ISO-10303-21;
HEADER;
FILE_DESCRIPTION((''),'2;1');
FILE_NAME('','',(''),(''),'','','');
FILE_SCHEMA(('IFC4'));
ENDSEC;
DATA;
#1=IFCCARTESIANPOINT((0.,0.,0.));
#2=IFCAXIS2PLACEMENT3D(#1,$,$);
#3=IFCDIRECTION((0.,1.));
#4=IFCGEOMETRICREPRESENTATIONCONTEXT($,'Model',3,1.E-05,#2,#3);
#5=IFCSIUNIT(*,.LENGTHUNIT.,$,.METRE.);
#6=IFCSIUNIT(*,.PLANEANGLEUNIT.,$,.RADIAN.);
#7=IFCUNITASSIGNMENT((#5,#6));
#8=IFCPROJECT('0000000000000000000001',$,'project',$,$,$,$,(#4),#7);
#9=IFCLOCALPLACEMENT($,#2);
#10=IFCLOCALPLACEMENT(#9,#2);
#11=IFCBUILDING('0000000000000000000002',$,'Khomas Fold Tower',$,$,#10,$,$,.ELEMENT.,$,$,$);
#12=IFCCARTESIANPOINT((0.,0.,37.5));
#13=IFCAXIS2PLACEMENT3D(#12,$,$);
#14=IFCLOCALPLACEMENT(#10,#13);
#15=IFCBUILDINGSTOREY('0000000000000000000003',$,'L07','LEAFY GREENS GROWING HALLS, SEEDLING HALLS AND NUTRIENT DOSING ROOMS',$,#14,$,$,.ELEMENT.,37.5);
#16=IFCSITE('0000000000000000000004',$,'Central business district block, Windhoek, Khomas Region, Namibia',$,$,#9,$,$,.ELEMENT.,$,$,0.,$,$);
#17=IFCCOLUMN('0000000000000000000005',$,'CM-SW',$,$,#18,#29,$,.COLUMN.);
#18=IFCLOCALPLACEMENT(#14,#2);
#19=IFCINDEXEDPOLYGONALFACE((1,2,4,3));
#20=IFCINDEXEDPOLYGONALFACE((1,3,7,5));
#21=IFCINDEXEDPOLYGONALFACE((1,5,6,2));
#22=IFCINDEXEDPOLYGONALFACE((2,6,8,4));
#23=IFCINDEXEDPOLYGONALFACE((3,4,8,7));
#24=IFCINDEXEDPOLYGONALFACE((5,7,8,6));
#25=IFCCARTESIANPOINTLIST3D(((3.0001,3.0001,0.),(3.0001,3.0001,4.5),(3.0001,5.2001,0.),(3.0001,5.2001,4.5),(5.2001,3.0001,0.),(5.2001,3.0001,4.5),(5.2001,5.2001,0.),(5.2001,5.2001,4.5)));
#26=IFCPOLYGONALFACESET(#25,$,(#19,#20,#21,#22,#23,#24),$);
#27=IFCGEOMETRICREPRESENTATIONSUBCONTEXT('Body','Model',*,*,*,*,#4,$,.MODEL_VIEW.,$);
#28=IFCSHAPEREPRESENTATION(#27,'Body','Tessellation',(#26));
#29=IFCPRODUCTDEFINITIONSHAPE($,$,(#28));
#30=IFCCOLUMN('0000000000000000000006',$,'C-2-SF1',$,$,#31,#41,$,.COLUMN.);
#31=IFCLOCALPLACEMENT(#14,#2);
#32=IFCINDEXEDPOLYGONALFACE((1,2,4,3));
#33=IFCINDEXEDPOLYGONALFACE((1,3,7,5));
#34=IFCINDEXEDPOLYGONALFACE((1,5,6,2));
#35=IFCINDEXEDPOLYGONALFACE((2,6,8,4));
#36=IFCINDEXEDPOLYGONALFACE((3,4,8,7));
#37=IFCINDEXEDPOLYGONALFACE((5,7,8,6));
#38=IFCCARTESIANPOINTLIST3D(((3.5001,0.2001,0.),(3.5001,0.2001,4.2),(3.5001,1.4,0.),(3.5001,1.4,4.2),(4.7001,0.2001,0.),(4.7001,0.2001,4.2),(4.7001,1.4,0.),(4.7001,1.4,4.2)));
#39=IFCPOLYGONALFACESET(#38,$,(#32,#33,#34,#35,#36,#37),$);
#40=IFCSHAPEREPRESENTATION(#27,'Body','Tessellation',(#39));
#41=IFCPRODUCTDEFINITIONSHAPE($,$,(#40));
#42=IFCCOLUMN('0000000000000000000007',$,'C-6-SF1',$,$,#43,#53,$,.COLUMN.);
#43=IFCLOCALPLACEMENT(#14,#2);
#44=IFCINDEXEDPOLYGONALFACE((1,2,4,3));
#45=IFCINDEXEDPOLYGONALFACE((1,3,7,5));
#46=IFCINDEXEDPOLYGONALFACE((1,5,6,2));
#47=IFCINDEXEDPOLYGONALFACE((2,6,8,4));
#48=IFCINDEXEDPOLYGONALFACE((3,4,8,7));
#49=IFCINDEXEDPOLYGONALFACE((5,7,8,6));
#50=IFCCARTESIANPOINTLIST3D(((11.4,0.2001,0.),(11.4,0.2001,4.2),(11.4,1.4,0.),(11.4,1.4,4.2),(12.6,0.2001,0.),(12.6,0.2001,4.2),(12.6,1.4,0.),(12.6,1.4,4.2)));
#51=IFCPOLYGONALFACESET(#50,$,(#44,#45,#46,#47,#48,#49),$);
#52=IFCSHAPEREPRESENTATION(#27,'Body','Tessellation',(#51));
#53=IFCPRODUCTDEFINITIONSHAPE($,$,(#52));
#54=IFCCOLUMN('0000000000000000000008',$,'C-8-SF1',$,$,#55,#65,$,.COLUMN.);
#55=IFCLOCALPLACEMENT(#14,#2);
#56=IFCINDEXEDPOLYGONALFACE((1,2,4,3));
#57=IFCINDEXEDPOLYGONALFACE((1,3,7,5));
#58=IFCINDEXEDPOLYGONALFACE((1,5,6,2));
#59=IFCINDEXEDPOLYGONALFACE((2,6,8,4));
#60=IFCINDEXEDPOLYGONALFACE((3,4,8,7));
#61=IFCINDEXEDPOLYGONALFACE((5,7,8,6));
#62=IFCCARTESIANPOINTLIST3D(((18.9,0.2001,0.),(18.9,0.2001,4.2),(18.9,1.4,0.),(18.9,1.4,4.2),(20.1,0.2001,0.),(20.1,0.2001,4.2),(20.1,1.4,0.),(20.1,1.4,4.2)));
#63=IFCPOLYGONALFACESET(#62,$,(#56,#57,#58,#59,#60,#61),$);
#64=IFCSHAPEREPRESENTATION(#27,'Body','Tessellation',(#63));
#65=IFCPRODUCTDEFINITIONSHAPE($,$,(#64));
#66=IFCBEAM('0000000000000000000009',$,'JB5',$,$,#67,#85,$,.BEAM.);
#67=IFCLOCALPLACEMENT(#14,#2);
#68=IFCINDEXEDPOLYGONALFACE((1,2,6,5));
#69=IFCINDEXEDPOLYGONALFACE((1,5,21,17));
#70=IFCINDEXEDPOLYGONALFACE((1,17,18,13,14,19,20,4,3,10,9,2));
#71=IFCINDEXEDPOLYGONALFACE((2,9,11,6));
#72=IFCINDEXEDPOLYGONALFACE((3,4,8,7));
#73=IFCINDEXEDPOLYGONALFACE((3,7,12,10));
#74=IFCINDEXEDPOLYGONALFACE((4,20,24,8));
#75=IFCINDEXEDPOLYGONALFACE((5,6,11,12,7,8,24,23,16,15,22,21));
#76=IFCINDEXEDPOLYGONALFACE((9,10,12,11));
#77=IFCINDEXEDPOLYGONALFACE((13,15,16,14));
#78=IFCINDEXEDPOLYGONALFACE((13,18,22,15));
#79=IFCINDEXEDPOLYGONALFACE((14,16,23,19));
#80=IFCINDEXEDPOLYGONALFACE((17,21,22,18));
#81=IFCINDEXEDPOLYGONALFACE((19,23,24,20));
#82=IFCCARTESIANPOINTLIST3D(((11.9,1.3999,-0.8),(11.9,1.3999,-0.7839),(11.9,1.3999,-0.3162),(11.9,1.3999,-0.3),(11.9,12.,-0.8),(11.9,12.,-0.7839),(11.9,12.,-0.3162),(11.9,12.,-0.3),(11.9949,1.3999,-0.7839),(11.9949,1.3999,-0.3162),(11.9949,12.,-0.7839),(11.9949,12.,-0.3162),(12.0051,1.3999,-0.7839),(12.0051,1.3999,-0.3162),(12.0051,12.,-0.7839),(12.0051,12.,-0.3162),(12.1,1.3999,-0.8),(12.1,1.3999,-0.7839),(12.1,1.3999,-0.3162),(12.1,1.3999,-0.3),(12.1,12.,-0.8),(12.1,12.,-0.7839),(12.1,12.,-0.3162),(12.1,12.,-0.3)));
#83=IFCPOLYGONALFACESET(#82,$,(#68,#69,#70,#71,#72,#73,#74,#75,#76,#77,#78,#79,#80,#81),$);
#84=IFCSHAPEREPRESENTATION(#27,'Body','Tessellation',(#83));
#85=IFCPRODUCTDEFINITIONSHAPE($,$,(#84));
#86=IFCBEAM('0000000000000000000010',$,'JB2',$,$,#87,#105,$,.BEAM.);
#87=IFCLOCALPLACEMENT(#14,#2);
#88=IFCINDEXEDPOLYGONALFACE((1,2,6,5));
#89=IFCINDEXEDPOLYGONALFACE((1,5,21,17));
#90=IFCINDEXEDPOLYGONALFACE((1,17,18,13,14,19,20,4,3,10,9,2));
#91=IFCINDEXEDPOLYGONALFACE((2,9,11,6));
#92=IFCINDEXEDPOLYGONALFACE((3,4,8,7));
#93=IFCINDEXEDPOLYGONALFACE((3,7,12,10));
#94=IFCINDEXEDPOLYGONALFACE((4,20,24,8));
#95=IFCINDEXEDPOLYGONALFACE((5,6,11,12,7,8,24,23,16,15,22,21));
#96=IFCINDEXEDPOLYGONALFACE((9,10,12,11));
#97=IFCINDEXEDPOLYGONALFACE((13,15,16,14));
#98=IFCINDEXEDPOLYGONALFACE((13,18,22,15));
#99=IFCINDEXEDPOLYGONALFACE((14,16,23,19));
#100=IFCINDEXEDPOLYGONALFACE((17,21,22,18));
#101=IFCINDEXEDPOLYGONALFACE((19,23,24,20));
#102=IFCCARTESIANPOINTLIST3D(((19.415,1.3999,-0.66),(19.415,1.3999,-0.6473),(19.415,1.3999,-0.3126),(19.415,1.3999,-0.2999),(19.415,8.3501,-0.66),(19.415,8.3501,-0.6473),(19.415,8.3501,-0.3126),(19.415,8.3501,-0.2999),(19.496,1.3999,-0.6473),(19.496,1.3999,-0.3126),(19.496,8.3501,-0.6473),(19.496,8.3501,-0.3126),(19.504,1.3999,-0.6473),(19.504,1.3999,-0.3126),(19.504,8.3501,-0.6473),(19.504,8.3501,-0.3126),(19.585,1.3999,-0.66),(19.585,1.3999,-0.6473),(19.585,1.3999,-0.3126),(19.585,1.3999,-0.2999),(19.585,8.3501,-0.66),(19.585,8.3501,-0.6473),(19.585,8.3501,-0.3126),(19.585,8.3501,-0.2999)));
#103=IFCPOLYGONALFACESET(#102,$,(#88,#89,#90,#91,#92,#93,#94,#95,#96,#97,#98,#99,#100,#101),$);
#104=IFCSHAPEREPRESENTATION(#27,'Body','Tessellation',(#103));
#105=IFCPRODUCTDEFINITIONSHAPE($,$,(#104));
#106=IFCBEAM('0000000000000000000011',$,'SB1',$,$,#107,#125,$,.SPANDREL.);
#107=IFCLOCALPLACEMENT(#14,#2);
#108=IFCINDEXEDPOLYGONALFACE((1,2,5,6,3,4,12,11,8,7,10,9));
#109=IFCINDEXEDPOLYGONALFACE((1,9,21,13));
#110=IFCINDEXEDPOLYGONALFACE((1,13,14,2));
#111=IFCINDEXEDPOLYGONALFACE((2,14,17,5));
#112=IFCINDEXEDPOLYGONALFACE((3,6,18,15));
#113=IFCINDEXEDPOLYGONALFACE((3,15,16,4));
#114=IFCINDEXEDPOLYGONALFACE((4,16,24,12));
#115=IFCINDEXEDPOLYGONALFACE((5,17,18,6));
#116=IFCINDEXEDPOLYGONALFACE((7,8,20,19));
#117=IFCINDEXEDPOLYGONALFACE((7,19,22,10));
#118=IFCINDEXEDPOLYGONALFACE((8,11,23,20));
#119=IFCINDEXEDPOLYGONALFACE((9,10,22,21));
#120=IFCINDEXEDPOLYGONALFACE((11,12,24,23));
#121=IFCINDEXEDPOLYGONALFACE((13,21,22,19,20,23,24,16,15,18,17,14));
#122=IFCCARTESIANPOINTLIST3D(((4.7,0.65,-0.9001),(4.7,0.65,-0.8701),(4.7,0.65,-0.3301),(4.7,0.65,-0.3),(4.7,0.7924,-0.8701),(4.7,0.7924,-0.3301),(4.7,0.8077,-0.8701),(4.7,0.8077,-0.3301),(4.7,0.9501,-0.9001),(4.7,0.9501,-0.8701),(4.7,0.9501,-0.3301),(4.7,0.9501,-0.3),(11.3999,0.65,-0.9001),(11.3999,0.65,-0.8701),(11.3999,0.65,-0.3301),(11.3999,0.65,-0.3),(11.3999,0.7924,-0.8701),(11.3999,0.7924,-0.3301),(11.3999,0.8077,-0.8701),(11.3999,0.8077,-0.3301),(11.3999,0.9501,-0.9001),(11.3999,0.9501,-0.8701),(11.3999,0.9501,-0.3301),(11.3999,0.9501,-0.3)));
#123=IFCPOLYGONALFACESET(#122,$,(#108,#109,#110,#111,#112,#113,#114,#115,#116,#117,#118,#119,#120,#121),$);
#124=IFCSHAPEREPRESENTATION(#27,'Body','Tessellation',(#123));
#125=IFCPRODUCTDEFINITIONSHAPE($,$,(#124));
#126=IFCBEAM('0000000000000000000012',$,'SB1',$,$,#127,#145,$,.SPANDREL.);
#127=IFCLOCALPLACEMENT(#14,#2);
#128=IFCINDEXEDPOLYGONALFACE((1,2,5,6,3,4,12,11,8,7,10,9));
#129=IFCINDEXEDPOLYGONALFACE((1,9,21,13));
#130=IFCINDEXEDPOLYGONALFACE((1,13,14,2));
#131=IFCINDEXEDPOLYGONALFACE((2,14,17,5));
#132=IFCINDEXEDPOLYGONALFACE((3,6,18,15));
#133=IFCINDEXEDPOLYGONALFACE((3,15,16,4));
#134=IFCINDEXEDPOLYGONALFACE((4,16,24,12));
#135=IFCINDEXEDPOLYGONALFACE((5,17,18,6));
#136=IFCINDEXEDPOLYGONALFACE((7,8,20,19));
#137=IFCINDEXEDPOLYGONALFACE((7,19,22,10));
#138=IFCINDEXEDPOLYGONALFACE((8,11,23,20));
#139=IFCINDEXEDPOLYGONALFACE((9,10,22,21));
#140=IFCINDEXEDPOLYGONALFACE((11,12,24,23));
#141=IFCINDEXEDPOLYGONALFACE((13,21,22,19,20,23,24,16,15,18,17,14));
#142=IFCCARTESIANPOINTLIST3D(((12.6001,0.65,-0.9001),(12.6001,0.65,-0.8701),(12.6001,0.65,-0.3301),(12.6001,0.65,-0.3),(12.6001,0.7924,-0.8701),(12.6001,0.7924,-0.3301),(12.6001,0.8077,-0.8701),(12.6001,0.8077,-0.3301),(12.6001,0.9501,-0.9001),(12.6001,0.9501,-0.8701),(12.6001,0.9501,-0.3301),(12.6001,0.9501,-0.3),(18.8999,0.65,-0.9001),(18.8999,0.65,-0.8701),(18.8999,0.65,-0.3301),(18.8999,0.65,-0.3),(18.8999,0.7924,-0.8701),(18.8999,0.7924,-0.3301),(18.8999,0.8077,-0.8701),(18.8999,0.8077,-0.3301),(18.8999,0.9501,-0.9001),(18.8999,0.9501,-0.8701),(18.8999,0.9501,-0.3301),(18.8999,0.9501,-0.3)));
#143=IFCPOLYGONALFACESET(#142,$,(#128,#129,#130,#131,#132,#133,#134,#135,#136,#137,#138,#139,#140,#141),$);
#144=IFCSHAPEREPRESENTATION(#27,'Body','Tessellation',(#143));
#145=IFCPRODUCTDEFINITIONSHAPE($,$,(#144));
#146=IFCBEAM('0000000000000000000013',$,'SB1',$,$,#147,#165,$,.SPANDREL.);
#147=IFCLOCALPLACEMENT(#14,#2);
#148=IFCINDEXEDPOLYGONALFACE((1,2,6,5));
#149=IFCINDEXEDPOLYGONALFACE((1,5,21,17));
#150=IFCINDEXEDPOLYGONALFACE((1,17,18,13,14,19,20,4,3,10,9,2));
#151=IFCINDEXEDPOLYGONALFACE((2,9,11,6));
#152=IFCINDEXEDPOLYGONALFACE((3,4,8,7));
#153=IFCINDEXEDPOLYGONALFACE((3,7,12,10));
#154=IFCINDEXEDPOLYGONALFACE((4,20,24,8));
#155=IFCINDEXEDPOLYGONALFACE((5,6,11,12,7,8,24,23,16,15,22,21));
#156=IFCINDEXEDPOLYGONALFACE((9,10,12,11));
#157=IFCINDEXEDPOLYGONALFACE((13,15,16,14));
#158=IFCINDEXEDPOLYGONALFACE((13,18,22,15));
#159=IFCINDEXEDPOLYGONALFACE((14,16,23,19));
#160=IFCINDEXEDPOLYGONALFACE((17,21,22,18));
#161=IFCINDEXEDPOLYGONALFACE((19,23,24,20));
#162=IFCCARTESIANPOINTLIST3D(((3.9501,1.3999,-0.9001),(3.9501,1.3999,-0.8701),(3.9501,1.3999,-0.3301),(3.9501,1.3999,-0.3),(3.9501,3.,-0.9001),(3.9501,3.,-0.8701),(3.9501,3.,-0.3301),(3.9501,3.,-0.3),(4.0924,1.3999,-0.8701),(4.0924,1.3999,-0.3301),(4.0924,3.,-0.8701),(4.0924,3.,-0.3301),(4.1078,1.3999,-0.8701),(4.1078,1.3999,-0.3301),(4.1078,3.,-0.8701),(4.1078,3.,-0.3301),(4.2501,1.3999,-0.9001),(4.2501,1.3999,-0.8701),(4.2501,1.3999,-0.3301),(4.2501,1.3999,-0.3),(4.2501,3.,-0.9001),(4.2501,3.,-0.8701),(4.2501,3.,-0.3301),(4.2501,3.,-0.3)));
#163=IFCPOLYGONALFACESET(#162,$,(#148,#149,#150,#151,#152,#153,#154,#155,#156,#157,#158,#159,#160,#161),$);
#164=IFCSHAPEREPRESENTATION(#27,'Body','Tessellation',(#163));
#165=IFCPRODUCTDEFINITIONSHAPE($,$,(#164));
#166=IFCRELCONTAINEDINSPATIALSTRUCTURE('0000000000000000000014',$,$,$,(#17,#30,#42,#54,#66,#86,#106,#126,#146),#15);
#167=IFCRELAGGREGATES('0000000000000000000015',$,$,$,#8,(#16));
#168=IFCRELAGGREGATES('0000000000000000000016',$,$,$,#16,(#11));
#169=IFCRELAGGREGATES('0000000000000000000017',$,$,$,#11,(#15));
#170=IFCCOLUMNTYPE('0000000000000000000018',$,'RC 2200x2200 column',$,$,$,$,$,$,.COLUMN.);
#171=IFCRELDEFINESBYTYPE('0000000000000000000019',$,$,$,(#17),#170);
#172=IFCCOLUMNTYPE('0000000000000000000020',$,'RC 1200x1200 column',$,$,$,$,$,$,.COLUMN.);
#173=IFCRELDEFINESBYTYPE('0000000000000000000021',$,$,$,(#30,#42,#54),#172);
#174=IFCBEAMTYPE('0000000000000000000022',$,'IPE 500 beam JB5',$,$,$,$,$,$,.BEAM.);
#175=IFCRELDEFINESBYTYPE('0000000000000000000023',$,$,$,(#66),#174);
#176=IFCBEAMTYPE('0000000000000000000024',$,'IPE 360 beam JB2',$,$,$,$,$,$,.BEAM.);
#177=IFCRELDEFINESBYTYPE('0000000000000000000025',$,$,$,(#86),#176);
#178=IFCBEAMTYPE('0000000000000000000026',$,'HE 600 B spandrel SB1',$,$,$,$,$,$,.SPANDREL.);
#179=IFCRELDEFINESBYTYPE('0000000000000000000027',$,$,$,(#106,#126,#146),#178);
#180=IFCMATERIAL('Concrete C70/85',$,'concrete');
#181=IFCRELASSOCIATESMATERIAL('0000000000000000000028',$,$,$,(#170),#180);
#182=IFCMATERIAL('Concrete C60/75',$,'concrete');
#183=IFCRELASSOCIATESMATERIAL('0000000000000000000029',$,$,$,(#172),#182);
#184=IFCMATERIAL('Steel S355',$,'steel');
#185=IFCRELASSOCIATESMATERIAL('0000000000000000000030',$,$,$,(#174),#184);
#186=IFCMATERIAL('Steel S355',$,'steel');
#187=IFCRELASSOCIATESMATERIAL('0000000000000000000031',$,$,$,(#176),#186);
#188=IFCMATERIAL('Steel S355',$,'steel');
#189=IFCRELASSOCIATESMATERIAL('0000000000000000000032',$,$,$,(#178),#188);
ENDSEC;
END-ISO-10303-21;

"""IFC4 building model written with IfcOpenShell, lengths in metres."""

from ifc_helpers import new_model, si_unit, direction, frame, origin, origin_2d, place, context, subcontext, project, spatial, rectangle, i_section, extrude, source, transform, mapped, material, material_profile, profile_set, type_object, element, save


model = new_model("IFC4")

# Units and contexts
model_context = context("Model", 3, precision=1e-05, world=origin(), true_north=direction((0.0, 1.0)))
body_context = subcontext(model_context, "Body", "Model", "MODEL_VIEW")
ifc_project = project(units=[si_unit("LENGTHUNIT", "METRE"), si_unit("PLANEANGLEUNIT", "RADIAN")], contexts=[model_context])

# Site, building, storey
site_placement = place(None, origin())
site = spatial("IfcSite", under=ifc_project, at=site_placement, Name="Central business district block, Windhoek, Khomas Region, Namibia", CompositionType="ELEMENT", RefElevation=0.0)
building_placement = place(site_placement, origin())
building = spatial("IfcBuilding", under=site, at=building_placement, Name="Khomas Fold Tower", CompositionType="ELEMENT")
storey_placement = place(building_placement, frame((0.0, 0.0, 37.5)))
storey = spatial("IfcBuildingStorey", under=building, at=storey_placement, Name="L07", Description="LEAFY GREENS GROWING HALLS, SEEDLING HALLS AND NUTRIENT DOSING ROOMS", CompositionType="ELEMENT", Elevation=37.5)

# Columns
ifc_material_1 = material(Name="Concrete C70/85", Category="concrete")
ifc_material_profile_1 = material_profile(ifc_material_1, rectangle(XDim=2.2, YDim=2.2, at=origin_2d()), Name="RC 2200x2200")
ifc_profile_set_1 = profile_set([ifc_material_profile_1], Name="Concrete C70/85")
column_type_1 = type_object("IfcColumnType", Name="RC 2200x2200 column", PredefinedType="COLUMN", material=ifc_profile_set_1)
shared_shape_1 = source(origin(), body_context, "Body", "SweptSolid", [
    extrude(rectangle(XDim=2.2, YDim=2.2, at=origin_2d()), origin(), (0.0, 0.0, 1.0), 4.5),
])
column_placement = place(storey_placement, frame((4.1001, 4.1001, 0.0), z_axis=(0.0, 0.0, 1.0), x_axis=(1.0, 0.0, 0.0)))
element("IfcColumn", 1, at=column_placement, inside=storey, type_object=column_type_1, Name="CM-SW", PredefinedType="COLUMN", context=body_context, shape_type="MappedRepresentation", body=[
    mapped(shared_shape_1, transform((0.0, 0.0, 0.0))),
])
ifc_material_2 = material(Name="Concrete C60/75", Category="concrete")
ifc_material_profile_2 = material_profile(ifc_material_2, rectangle(XDim=1.2, YDim=1.2, at=origin_2d()), Name="RC 1200x1200")
ifc_profile_set_2 = profile_set([ifc_material_profile_2], Name="Concrete C60/75")
column_type_2 = type_object("IfcColumnType", Name="RC 1200x1200 column", PredefinedType="COLUMN", material=ifc_profile_set_2)
shared_shape_2 = source(origin(), body_context, "Body", "SweptSolid", [
    extrude(rectangle(XDim=1.2, YDim=1.2, at=origin_2d()), origin(), (0.0, 0.0, 1.0), 4.2),
])
for number, where, z_axis, x_axis, name in (
    (2, (4.1001, 0.8, 0.0), (0.0, 0.0, 1.0), (1.0, 0.0, 0.0), "C-2-SF1"),
    (3, (12.0, 0.8, 0.0), (0.0, 0.0, 1.0), (1.0, 0.0, 0.0), "C-6-SF1"),
    (4, (19.5, 0.8, 0.0), (0.0, 0.0, 1.0), (1.0, 0.0, 0.0), "C-8-SF1"),
):
    element("IfcColumn", number, at=place(storey_placement, frame(where, z_axis=z_axis, x_axis=x_axis)), inside=storey, type_object=column_type_2, Name=name, PredefinedType="COLUMN", context=body_context, shape_type="MappedRepresentation", body=[
        mapped(shared_shape_2, transform((0.0, 0.0, 0.0))),
    ])

# Beams
ifc_material_3 = material(Name="Steel S355", Category="steel")
ifc_material_profile_3 = material_profile(ifc_material_3, i_section(OverallWidth=0.2, OverallDepth=0.5, WebThickness=0.0103, FlangeThickness=0.0161, at=origin_2d()), Name="IPE 500")
ifc_profile_set_3 = profile_set([ifc_material_profile_3], Name="Steel S355")
beam_type_1 = type_object("IfcBeamType", Name="IPE 500 beam JB5", PredefinedType="BEAM", material=ifc_profile_set_3)
shared_shape_3 = source(origin(), body_context, "Body", "SweptSolid", [
    extrude(i_section(OverallWidth=0.2, OverallDepth=0.5, WebThickness=0.0103, FlangeThickness=0.0161, at=origin_2d()), origin(), (0.0, 0.0, 1.0), 10.6001),
])
beam_1_placement = place(storey_placement, frame((12.0, 1.3999, -0.55), z_axis=(0.0, 1.0, 0.0), x_axis=(-1.0, 0.0, 0.0)))
element("IfcBeam", 5, at=beam_1_placement, inside=storey, type_object=beam_type_1, Name="JB5", PredefinedType="BEAM", context=body_context, shape_type="MappedRepresentation", body=[
    mapped(shared_shape_3, transform((0.0, 0.0, 0.0))),
])
ifc_material_4 = material(Name="Steel S355", Category="steel")
ifc_material_profile_4 = material_profile(ifc_material_4, i_section(OverallWidth=0.1699, OverallDepth=0.3601, WebThickness=0.0081, FlangeThickness=0.0127, at=origin_2d()), Name="IPE 360")
ifc_profile_set_4 = profile_set([ifc_material_profile_4], Name="Steel S355")
beam_type_2 = type_object("IfcBeamType", Name="IPE 360 beam JB2", PredefinedType="BEAM", material=ifc_profile_set_4)
shared_shape_4 = source(origin(), body_context, "Body", "SweptSolid", [
    extrude(i_section(OverallWidth=0.1699, OverallDepth=0.3601, WebThickness=0.0081, FlangeThickness=0.0127, at=origin_2d()), origin(), (0.0, 0.0, 1.0), 6.9502),
])
beam_2_placement = place(storey_placement, frame((19.5, 1.3999, -0.48), z_axis=(0.0, 1.0, 0.0), x_axis=(-1.0, 0.0, 0.0)))
element("IfcBeam", 6, at=beam_2_placement, inside=storey, type_object=beam_type_2, Name="JB2", PredefinedType="BEAM", context=body_context, shape_type="MappedRepresentation", body=[
    mapped(shared_shape_4, transform((0.0, 0.0, 0.0))),
])
ifc_material_5 = material(Name="Steel S355", Category="steel")
ifc_material_profile_5 = material_profile(ifc_material_5, i_section(OverallWidth=0.3, OverallDepth=0.6001, WebThickness=0.0154, FlangeThickness=0.03, at=origin_2d()), Name="HE 600 B")
ifc_profile_set_5 = profile_set([ifc_material_profile_5], Name="Steel S355")
beam_type_3 = type_object("IfcBeamType", Name="HE 600 B spandrel SB1", PredefinedType="SPANDREL", material=ifc_profile_set_5)
shared_shape_5 = source(origin(), body_context, "Body", "SweptSolid", [
    extrude(i_section(OverallWidth=0.3, OverallDepth=0.6001, WebThickness=0.0154, FlangeThickness=0.03, at=origin_2d()), origin(), (0.0, 0.0, 1.0), 6.7),
])
beam_3_placement = place(storey_placement, frame((4.7, 0.8, -0.6001), z_axis=(1.0, 0.0, 0.0), x_axis=(0.0, 1.0, 0.0)))
element("IfcBeam", 7, at=beam_3_placement, inside=storey, type_object=beam_type_3, Name="SB1", PredefinedType="SPANDREL", context=body_context, shape_type="MappedRepresentation", body=[
    mapped(shared_shape_5, transform((0.0, 0.0, 0.0))),
])
shared_shape_6 = source(origin(), body_context, "Body", "SweptSolid", [
    extrude(i_section(OverallWidth=0.3, OverallDepth=0.6001, WebThickness=0.0154, FlangeThickness=0.03, at=origin_2d()), origin(), (0.0, 0.0, 1.0), 6.2998),
])
beam_4_placement = place(storey_placement, frame((12.6001, 0.8, -0.6001), z_axis=(1.0, 0.0, 0.0), x_axis=(0.0, 1.0, 0.0)))
element("IfcBeam", 8, at=beam_4_placement, inside=storey, type_object=beam_type_3, Name="SB1", PredefinedType="SPANDREL", context=body_context, shape_type="MappedRepresentation", body=[
    mapped(shared_shape_6, transform((0.0, 0.0, 0.0))),
])
shared_shape_7 = source(origin(), body_context, "Body", "SweptSolid", [
    extrude(i_section(OverallWidth=0.3, OverallDepth=0.6001, WebThickness=0.0154, FlangeThickness=0.03, at=origin_2d()), origin(), (0.0, 0.0, 1.0), 1.6001),
])
beam_5_placement = place(storey_placement, frame((4.1001, 1.3999, -0.6001), z_axis=(0.0, 1.0, 0.0), x_axis=(-1.0, 0.0, 0.0)))
element("IfcBeam", 9, at=beam_5_placement, inside=storey, type_object=beam_type_3, Name="SB1", PredefinedType="SPANDREL", context=body_context, shape_type="MappedRepresentation", body=[
    mapped(shared_shape_7, transform((0.0, 0.0, 0.0))),
])

save(model, "model.ifc")
